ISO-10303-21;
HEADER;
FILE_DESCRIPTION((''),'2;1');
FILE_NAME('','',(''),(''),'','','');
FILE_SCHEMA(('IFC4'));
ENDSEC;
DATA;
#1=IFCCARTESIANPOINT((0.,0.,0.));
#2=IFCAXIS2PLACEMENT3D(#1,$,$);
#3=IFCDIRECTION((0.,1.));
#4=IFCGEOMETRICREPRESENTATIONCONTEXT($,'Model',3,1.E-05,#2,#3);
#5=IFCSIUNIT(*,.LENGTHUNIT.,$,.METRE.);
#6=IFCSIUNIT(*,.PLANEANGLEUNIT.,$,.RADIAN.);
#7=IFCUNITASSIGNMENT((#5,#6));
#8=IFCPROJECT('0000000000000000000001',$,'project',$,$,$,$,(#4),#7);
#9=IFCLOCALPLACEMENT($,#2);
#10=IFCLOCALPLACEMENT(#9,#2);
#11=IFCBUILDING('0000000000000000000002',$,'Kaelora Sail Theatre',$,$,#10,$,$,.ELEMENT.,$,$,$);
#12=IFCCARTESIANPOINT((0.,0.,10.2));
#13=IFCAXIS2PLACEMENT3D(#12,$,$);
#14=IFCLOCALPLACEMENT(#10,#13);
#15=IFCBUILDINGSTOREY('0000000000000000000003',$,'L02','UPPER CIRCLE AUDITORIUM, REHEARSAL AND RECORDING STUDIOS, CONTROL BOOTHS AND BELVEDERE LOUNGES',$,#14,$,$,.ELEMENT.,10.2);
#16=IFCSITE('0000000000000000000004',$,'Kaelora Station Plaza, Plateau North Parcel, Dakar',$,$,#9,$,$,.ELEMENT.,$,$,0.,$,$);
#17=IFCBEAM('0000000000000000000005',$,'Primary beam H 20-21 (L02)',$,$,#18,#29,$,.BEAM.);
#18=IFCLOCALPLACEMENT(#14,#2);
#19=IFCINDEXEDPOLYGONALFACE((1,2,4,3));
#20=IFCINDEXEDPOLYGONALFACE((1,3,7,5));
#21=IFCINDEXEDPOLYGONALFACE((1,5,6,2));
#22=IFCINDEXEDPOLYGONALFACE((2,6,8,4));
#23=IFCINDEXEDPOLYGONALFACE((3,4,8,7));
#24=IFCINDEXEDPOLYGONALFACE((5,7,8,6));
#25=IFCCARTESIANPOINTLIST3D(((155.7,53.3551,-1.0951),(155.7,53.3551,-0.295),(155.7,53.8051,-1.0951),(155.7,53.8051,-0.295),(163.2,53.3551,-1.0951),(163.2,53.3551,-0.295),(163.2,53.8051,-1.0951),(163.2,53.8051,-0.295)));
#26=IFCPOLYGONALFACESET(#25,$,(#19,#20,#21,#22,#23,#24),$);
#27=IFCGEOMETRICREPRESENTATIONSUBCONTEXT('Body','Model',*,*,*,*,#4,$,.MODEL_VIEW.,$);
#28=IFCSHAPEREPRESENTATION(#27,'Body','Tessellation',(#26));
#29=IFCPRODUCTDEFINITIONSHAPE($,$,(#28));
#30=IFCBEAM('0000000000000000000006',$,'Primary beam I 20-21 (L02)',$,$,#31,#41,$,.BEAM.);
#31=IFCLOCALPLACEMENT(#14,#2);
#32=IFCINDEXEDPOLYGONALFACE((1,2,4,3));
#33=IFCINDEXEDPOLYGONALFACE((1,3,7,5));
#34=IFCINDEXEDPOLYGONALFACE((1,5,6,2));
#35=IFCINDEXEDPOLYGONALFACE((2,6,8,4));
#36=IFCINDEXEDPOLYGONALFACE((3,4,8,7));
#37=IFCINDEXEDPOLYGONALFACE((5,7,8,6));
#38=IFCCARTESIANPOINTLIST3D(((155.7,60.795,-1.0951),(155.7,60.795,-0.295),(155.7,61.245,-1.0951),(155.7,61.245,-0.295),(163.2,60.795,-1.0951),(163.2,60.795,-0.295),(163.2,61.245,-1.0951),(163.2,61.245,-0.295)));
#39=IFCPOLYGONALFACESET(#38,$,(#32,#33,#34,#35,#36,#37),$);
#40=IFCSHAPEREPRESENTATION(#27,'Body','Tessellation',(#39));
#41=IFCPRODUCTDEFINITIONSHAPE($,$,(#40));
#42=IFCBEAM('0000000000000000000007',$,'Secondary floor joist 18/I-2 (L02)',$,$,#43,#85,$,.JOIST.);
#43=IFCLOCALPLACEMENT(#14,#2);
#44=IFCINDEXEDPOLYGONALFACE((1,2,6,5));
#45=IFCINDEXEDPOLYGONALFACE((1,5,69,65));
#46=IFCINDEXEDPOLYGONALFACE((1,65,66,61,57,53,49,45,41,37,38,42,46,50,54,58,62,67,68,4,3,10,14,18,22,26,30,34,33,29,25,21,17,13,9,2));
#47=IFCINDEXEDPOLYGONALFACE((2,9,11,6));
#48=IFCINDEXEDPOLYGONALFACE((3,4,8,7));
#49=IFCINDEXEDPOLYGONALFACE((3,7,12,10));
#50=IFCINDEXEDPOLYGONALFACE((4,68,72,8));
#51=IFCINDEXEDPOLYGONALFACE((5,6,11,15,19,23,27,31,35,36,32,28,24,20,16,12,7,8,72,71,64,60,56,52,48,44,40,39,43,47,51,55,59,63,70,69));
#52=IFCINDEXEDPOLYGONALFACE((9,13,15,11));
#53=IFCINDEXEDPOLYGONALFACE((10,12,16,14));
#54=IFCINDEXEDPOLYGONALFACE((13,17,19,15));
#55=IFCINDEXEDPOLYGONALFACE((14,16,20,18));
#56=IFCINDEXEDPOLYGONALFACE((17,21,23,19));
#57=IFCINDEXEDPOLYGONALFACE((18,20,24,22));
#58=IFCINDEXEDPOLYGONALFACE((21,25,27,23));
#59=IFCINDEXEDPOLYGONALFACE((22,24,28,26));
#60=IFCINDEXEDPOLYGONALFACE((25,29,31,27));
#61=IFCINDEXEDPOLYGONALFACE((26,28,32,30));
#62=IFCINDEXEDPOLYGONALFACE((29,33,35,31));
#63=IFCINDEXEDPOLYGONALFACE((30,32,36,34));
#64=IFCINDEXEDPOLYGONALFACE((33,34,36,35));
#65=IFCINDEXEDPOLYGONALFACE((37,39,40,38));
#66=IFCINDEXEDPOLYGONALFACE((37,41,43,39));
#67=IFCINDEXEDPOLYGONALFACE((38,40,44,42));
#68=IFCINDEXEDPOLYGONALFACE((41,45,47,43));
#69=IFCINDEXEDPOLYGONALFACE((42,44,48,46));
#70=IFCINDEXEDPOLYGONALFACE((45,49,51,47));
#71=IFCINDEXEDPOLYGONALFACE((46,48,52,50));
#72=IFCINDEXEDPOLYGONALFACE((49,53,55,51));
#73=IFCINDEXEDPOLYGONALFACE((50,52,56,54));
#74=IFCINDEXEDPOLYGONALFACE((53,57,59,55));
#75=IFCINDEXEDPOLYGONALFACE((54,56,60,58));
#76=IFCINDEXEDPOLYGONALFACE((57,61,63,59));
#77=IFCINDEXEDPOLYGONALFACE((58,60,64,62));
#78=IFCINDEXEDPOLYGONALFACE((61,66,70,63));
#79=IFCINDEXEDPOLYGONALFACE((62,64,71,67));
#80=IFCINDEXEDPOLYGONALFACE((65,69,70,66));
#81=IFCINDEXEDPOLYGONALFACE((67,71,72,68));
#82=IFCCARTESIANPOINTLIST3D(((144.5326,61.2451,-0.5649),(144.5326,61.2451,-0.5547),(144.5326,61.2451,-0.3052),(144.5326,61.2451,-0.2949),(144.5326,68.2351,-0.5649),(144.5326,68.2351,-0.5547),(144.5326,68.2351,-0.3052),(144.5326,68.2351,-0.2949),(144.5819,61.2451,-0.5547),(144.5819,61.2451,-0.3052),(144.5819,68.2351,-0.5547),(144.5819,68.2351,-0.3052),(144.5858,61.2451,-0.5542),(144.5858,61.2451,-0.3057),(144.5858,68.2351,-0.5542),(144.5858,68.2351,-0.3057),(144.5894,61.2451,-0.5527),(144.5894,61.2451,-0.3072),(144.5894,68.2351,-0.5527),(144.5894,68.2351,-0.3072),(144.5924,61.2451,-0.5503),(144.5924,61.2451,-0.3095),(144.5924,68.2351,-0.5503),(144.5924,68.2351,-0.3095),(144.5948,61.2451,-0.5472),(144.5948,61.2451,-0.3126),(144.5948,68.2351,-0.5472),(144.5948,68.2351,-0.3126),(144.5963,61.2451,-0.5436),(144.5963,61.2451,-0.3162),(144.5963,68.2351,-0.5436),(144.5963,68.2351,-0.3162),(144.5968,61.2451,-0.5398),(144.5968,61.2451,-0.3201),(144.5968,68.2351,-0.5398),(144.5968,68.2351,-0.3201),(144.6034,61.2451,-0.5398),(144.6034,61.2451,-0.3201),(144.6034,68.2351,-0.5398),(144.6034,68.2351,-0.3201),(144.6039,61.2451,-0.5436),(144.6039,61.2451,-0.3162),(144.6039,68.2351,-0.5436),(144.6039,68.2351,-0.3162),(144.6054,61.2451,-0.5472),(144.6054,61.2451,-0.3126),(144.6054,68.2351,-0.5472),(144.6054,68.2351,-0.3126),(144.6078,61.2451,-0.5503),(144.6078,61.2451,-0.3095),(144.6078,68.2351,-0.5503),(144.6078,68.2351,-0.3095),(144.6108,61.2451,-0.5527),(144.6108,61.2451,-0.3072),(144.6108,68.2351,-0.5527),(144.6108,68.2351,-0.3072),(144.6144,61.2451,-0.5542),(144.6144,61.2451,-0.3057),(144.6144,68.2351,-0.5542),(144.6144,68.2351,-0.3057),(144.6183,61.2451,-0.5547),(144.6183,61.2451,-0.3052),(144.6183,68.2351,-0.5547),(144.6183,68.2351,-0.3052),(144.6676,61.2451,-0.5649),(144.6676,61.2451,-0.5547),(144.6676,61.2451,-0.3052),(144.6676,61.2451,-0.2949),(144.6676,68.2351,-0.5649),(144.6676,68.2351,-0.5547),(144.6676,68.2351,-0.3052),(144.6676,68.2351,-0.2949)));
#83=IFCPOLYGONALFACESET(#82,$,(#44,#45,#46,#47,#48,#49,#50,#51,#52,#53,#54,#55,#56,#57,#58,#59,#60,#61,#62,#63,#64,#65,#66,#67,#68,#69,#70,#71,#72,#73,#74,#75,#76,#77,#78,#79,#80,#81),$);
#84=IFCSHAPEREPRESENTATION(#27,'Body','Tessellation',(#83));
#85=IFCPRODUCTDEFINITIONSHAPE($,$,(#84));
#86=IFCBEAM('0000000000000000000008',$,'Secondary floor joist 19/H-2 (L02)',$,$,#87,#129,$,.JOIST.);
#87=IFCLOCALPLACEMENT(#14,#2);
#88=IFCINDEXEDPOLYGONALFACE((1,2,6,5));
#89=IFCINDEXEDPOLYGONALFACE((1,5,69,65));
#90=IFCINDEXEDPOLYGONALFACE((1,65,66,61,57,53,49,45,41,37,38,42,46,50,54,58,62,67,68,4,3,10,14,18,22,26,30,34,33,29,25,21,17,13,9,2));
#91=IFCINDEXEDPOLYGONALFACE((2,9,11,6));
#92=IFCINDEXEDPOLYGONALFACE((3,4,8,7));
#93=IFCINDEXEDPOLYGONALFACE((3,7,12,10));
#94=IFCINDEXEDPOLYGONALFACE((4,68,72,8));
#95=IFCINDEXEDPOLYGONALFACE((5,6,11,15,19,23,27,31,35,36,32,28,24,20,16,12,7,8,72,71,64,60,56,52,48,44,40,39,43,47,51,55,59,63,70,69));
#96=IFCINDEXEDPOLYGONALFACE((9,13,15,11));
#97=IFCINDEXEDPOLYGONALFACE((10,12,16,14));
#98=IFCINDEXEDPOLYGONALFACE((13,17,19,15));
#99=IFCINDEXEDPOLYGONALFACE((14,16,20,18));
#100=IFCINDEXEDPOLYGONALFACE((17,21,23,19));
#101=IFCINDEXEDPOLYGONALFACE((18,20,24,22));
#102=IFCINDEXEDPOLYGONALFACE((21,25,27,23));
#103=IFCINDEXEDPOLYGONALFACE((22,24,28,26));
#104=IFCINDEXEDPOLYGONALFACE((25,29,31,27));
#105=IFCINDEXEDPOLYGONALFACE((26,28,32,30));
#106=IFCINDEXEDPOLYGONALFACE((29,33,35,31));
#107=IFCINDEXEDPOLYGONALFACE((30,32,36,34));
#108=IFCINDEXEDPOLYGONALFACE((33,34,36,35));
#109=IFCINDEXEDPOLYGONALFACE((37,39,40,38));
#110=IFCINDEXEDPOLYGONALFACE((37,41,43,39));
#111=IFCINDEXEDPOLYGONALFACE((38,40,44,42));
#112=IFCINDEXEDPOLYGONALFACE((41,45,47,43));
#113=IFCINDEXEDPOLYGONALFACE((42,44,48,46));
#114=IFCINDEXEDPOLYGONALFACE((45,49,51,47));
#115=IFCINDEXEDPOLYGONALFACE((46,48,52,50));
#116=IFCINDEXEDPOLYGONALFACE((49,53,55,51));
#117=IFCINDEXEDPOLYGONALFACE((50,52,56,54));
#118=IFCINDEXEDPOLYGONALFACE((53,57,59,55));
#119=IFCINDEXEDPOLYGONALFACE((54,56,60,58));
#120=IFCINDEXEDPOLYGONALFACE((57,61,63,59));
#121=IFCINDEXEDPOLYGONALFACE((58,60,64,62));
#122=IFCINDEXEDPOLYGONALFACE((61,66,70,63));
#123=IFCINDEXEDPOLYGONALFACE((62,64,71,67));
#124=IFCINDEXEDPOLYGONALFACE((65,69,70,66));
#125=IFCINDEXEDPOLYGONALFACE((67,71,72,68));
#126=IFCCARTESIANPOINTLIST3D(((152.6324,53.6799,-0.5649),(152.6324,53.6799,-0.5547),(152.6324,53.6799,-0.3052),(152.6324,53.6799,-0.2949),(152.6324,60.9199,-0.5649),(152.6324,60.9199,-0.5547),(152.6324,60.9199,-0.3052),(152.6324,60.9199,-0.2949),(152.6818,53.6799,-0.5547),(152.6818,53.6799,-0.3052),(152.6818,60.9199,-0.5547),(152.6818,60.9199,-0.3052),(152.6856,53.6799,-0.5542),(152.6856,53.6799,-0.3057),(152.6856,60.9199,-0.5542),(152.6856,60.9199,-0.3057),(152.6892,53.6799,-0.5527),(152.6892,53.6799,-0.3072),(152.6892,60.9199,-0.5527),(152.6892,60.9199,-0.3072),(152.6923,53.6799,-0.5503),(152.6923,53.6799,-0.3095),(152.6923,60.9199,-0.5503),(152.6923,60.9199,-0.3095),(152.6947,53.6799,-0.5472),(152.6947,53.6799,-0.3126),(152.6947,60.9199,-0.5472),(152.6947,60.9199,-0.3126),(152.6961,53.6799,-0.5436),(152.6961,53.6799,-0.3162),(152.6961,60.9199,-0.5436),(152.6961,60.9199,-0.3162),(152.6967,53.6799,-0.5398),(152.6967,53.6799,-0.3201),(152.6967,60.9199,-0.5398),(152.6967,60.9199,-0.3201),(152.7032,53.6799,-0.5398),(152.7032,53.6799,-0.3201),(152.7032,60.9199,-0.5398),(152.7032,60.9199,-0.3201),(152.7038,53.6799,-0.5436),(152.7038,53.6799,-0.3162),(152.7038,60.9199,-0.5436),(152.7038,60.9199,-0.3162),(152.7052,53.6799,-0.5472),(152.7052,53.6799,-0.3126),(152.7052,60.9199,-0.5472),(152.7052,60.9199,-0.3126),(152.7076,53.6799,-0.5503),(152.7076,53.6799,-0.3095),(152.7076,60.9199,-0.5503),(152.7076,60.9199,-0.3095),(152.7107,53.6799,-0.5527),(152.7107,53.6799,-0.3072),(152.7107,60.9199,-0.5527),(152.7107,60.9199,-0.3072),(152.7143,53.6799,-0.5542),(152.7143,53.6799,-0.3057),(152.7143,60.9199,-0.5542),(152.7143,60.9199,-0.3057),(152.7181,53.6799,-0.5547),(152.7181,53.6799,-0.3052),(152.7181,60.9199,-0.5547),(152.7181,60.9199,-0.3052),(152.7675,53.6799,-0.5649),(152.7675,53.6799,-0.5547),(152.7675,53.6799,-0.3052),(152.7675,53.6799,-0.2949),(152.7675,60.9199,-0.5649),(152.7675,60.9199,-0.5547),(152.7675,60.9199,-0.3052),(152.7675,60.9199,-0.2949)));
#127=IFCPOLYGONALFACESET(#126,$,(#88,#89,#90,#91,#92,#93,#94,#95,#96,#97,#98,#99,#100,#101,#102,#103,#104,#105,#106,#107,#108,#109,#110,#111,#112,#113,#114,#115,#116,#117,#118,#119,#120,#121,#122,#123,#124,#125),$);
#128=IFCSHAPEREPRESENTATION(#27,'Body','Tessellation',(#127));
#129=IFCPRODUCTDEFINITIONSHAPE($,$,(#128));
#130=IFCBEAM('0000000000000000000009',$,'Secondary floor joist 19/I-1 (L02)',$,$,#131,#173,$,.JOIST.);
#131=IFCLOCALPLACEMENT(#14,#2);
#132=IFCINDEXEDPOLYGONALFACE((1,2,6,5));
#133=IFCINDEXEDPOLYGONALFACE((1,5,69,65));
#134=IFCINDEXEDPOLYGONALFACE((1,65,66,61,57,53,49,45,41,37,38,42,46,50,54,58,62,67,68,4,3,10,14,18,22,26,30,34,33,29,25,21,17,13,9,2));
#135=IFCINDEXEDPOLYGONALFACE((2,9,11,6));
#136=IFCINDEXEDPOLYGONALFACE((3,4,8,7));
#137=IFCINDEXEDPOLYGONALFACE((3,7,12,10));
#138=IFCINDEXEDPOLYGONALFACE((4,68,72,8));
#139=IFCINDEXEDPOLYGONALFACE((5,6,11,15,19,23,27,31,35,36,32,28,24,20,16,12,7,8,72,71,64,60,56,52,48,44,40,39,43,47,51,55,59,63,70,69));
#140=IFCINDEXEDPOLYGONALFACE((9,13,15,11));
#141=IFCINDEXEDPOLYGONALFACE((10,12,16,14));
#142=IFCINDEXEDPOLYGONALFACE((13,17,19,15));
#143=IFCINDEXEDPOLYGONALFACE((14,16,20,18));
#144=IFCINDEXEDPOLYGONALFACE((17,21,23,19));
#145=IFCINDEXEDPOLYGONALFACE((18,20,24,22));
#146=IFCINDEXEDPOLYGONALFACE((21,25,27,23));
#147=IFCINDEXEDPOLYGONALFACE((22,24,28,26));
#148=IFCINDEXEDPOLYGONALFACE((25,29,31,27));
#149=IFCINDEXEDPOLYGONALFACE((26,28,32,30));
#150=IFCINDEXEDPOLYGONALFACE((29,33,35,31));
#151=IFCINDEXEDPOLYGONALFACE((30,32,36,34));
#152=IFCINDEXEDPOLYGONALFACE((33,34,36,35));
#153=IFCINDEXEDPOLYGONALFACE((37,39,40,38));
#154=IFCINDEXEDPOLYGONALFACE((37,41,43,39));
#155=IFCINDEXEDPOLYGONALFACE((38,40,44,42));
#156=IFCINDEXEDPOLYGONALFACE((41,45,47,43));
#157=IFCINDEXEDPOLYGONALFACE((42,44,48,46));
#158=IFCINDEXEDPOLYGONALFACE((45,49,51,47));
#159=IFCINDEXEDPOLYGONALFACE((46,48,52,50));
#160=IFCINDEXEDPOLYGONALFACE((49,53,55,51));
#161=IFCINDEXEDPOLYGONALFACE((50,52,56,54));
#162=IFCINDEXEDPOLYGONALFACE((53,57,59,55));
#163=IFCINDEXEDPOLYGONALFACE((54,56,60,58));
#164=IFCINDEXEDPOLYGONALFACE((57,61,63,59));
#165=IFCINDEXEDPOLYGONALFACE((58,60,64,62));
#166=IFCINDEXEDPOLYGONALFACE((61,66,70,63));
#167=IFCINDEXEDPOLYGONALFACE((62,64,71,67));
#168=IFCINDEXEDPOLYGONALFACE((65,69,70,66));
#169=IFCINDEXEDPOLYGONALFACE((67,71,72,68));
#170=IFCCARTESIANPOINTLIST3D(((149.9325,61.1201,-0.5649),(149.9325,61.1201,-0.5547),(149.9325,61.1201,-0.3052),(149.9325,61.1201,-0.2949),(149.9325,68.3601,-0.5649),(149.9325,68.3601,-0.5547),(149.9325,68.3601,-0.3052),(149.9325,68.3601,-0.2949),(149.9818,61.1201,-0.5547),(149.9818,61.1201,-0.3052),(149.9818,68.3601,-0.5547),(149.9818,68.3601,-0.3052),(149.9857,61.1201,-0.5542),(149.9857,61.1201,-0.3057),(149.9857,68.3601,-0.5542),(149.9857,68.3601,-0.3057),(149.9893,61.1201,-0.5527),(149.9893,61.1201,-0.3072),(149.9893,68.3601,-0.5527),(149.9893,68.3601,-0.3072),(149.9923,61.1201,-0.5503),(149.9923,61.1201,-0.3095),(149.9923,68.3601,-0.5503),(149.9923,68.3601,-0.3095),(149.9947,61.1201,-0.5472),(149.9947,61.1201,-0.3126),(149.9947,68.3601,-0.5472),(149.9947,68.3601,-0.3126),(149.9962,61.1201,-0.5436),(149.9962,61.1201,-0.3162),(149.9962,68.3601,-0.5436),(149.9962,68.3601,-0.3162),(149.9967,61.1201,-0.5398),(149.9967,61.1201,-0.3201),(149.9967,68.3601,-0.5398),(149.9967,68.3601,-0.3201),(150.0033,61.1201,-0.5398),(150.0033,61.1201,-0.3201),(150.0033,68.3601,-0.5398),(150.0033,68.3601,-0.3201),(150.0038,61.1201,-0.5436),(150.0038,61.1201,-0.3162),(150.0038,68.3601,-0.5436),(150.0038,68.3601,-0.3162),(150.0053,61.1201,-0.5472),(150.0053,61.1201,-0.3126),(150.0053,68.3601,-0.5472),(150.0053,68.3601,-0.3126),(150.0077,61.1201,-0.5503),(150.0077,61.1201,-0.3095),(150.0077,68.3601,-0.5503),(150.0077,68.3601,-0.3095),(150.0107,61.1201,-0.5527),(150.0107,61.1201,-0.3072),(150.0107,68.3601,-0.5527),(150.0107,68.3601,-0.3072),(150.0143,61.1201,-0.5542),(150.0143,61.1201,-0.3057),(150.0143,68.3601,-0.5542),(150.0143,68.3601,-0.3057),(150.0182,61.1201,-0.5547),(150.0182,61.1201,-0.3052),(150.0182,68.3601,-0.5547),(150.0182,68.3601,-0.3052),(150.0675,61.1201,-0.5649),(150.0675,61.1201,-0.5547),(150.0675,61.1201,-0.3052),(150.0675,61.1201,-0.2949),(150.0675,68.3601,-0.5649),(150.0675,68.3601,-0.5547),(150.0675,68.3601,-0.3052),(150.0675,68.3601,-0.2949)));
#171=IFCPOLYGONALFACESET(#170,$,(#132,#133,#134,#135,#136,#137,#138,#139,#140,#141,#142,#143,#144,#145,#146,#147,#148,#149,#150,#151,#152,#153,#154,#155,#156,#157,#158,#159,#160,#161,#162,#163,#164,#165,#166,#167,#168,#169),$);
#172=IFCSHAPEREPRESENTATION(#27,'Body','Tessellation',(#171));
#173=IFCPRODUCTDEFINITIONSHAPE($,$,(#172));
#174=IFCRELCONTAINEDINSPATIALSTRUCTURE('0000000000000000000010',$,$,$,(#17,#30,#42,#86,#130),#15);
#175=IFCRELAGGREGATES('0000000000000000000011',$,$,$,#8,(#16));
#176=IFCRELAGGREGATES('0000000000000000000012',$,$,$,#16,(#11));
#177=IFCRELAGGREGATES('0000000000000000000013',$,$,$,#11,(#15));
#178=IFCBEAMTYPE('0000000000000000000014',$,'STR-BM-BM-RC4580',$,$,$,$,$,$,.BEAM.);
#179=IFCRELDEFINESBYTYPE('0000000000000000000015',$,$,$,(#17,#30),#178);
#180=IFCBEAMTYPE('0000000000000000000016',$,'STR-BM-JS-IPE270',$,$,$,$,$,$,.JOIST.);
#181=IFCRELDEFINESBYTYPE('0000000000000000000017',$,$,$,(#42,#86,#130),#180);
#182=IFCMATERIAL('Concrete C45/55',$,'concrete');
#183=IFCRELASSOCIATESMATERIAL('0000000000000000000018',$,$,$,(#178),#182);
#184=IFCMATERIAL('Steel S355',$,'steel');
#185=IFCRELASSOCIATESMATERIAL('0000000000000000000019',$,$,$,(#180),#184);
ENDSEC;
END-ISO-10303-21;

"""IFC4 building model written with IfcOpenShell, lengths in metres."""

from ifc_helpers import new_model, si_unit, direction, frame, origin, origin_2d, place, context, subcontext, project, spatial, rectangle, i_section, extrude, material, material_profile, profile_set, type_object, element, save


model = new_model("IFC4")

# Units and contexts
model_context = context("Model", 3, precision=1e-05, world=origin(), true_north=direction((0.0, 1.0)))
body_context = subcontext(model_context, "Body", "Model", "MODEL_VIEW")
ifc_project = project(units=[si_unit("LENGTHUNIT", "METRE"), si_unit("PLANEANGLEUNIT", "RADIAN")], contexts=[model_context])

# Site, building, storey
site_placement = place(None, origin())
site = spatial("IfcSite", under=ifc_project, at=site_placement, Name="Kaelora Station Plaza, Plateau North Parcel, Dakar", CompositionType="ELEMENT", RefElevation=0.0)
building_placement = place(site_placement, origin())
building = spatial("IfcBuilding", under=site, at=building_placement, Name="Kaelora Sail Theatre", CompositionType="ELEMENT")
storey_placement = place(building_placement, frame((0.0, 0.0, 10.2)))
storey = spatial("IfcBuildingStorey", under=building, at=storey_placement, Name="L02", Description="UPPER CIRCLE AUDITORIUM, REHEARSAL AND RECORDING STUDIOS, CONTROL BOOTHS AND BELVEDERE LOUNGES", CompositionType="ELEMENT", Elevation=10.2)

# Beams
ifc_material_1 = material(Name="Concrete C45/55", Category="concrete")
ifc_material_profile_1 = material_profile(ifc_material_1, rectangle(XDim=0.45, YDim=0.8, at=origin_2d()), Name="RC-BM 450x800")
ifc_profile_set_1 = profile_set([ifc_material_profile_1], Name="Concrete C45/55")
beam_type_1 = type_object("IfcBeamType", Name="STR-BM-BM-RC4580", PredefinedType="BEAM", material=ifc_profile_set_1)
for number, where, z_axis, x_axis, name in (
    (1, (155.7, 53.5801, -0.6951), (1.0, 0.0, 0.0), (0.0, 1.0, 0.0), "Primary beam H 20-21 (L02)"),
    (2, (155.7, 61.02, -0.6951), (1.0, 0.0, 0.0), (0.0, 1.0, 0.0), "Primary beam I 20-21 (L02)"),
):
    element("IfcBeam", number, at=place(storey_placement, frame(where, z_axis=z_axis, x_axis=x_axis)), inside=storey, type_object=beam_type_1, Name=name, PredefinedType="BEAM", context=body_context, shape_type="SweptSolid", body=[
        extrude(rectangle(XDim=0.45, YDim=0.8, at=origin_2d()), origin(), (0.0, 0.0, 1.0), 7.5),
    ])
ifc_material_2 = material(Name="Steel S355", Category="steel")
ifc_material_profile_2 = material_profile(ifc_material_2, i_section(OverallWidth=0.135, OverallDepth=0.27, WebThickness=0.0066, FlangeThickness=0.0103, FilletRadius=0.0149, at=origin_2d()), Name="IPE 270")
ifc_profile_set_2 = profile_set([ifc_material_profile_2], Name="Steel S355")
beam_type_2 = type_object("IfcBeamType", Name="STR-BM-JS-IPE270", PredefinedType="JOIST", material=ifc_profile_set_2)
beam_1_placement = place(storey_placement, frame((144.6001, 61.2451, -0.4299), z_axis=(0.0, 1.0, 0.0), x_axis=(-1.0, 0.0, 0.0)))
element("IfcBeam", 3, at=beam_1_placement, inside=storey, type_object=beam_type_2, Name="Secondary floor joist 18/I-2 (L02)", PredefinedType="JOIST", context=body_context, shape_type="SweptSolid", body=[
    extrude(i_section(OverallWidth=0.135, OverallDepth=0.27, WebThickness=0.0066, FlangeThickness=0.0103, FilletRadius=0.0149, at=origin_2d()), origin(), (0.0, 0.0, 1.0), 6.99),
])
for number, where, z_axis, x_axis, name in (
    (4, (152.7, 53.6799, -0.4299), (0.0, 1.0, 0.0), (-1.0, 0.0, 0.0), "Secondary floor joist 19/H-2 (L02)"),
    (5, (150.0, 61.1201, -0.4299), (0.0, 1.0, 0.0), (-1.0, 0.0, 0.0), "Secondary floor joist 19/I-1 (L02)"),
):
    element("IfcBeam", number, at=place(storey_placement, frame(where, z_axis=z_axis, x_axis=x_axis)), inside=storey, type_object=beam_type_2, Name=name, PredefinedType="JOIST", context=body_context, shape_type="SweptSolid", body=[
        extrude(i_section(OverallWidth=0.135, OverallDepth=0.27, WebThickness=0.0066, FlangeThickness=0.0103, FilletRadius=0.0149, at=origin_2d()), origin(), (0.0, 0.0, 1.0), 7.24),
    ])

save(model, "model.ifc")
